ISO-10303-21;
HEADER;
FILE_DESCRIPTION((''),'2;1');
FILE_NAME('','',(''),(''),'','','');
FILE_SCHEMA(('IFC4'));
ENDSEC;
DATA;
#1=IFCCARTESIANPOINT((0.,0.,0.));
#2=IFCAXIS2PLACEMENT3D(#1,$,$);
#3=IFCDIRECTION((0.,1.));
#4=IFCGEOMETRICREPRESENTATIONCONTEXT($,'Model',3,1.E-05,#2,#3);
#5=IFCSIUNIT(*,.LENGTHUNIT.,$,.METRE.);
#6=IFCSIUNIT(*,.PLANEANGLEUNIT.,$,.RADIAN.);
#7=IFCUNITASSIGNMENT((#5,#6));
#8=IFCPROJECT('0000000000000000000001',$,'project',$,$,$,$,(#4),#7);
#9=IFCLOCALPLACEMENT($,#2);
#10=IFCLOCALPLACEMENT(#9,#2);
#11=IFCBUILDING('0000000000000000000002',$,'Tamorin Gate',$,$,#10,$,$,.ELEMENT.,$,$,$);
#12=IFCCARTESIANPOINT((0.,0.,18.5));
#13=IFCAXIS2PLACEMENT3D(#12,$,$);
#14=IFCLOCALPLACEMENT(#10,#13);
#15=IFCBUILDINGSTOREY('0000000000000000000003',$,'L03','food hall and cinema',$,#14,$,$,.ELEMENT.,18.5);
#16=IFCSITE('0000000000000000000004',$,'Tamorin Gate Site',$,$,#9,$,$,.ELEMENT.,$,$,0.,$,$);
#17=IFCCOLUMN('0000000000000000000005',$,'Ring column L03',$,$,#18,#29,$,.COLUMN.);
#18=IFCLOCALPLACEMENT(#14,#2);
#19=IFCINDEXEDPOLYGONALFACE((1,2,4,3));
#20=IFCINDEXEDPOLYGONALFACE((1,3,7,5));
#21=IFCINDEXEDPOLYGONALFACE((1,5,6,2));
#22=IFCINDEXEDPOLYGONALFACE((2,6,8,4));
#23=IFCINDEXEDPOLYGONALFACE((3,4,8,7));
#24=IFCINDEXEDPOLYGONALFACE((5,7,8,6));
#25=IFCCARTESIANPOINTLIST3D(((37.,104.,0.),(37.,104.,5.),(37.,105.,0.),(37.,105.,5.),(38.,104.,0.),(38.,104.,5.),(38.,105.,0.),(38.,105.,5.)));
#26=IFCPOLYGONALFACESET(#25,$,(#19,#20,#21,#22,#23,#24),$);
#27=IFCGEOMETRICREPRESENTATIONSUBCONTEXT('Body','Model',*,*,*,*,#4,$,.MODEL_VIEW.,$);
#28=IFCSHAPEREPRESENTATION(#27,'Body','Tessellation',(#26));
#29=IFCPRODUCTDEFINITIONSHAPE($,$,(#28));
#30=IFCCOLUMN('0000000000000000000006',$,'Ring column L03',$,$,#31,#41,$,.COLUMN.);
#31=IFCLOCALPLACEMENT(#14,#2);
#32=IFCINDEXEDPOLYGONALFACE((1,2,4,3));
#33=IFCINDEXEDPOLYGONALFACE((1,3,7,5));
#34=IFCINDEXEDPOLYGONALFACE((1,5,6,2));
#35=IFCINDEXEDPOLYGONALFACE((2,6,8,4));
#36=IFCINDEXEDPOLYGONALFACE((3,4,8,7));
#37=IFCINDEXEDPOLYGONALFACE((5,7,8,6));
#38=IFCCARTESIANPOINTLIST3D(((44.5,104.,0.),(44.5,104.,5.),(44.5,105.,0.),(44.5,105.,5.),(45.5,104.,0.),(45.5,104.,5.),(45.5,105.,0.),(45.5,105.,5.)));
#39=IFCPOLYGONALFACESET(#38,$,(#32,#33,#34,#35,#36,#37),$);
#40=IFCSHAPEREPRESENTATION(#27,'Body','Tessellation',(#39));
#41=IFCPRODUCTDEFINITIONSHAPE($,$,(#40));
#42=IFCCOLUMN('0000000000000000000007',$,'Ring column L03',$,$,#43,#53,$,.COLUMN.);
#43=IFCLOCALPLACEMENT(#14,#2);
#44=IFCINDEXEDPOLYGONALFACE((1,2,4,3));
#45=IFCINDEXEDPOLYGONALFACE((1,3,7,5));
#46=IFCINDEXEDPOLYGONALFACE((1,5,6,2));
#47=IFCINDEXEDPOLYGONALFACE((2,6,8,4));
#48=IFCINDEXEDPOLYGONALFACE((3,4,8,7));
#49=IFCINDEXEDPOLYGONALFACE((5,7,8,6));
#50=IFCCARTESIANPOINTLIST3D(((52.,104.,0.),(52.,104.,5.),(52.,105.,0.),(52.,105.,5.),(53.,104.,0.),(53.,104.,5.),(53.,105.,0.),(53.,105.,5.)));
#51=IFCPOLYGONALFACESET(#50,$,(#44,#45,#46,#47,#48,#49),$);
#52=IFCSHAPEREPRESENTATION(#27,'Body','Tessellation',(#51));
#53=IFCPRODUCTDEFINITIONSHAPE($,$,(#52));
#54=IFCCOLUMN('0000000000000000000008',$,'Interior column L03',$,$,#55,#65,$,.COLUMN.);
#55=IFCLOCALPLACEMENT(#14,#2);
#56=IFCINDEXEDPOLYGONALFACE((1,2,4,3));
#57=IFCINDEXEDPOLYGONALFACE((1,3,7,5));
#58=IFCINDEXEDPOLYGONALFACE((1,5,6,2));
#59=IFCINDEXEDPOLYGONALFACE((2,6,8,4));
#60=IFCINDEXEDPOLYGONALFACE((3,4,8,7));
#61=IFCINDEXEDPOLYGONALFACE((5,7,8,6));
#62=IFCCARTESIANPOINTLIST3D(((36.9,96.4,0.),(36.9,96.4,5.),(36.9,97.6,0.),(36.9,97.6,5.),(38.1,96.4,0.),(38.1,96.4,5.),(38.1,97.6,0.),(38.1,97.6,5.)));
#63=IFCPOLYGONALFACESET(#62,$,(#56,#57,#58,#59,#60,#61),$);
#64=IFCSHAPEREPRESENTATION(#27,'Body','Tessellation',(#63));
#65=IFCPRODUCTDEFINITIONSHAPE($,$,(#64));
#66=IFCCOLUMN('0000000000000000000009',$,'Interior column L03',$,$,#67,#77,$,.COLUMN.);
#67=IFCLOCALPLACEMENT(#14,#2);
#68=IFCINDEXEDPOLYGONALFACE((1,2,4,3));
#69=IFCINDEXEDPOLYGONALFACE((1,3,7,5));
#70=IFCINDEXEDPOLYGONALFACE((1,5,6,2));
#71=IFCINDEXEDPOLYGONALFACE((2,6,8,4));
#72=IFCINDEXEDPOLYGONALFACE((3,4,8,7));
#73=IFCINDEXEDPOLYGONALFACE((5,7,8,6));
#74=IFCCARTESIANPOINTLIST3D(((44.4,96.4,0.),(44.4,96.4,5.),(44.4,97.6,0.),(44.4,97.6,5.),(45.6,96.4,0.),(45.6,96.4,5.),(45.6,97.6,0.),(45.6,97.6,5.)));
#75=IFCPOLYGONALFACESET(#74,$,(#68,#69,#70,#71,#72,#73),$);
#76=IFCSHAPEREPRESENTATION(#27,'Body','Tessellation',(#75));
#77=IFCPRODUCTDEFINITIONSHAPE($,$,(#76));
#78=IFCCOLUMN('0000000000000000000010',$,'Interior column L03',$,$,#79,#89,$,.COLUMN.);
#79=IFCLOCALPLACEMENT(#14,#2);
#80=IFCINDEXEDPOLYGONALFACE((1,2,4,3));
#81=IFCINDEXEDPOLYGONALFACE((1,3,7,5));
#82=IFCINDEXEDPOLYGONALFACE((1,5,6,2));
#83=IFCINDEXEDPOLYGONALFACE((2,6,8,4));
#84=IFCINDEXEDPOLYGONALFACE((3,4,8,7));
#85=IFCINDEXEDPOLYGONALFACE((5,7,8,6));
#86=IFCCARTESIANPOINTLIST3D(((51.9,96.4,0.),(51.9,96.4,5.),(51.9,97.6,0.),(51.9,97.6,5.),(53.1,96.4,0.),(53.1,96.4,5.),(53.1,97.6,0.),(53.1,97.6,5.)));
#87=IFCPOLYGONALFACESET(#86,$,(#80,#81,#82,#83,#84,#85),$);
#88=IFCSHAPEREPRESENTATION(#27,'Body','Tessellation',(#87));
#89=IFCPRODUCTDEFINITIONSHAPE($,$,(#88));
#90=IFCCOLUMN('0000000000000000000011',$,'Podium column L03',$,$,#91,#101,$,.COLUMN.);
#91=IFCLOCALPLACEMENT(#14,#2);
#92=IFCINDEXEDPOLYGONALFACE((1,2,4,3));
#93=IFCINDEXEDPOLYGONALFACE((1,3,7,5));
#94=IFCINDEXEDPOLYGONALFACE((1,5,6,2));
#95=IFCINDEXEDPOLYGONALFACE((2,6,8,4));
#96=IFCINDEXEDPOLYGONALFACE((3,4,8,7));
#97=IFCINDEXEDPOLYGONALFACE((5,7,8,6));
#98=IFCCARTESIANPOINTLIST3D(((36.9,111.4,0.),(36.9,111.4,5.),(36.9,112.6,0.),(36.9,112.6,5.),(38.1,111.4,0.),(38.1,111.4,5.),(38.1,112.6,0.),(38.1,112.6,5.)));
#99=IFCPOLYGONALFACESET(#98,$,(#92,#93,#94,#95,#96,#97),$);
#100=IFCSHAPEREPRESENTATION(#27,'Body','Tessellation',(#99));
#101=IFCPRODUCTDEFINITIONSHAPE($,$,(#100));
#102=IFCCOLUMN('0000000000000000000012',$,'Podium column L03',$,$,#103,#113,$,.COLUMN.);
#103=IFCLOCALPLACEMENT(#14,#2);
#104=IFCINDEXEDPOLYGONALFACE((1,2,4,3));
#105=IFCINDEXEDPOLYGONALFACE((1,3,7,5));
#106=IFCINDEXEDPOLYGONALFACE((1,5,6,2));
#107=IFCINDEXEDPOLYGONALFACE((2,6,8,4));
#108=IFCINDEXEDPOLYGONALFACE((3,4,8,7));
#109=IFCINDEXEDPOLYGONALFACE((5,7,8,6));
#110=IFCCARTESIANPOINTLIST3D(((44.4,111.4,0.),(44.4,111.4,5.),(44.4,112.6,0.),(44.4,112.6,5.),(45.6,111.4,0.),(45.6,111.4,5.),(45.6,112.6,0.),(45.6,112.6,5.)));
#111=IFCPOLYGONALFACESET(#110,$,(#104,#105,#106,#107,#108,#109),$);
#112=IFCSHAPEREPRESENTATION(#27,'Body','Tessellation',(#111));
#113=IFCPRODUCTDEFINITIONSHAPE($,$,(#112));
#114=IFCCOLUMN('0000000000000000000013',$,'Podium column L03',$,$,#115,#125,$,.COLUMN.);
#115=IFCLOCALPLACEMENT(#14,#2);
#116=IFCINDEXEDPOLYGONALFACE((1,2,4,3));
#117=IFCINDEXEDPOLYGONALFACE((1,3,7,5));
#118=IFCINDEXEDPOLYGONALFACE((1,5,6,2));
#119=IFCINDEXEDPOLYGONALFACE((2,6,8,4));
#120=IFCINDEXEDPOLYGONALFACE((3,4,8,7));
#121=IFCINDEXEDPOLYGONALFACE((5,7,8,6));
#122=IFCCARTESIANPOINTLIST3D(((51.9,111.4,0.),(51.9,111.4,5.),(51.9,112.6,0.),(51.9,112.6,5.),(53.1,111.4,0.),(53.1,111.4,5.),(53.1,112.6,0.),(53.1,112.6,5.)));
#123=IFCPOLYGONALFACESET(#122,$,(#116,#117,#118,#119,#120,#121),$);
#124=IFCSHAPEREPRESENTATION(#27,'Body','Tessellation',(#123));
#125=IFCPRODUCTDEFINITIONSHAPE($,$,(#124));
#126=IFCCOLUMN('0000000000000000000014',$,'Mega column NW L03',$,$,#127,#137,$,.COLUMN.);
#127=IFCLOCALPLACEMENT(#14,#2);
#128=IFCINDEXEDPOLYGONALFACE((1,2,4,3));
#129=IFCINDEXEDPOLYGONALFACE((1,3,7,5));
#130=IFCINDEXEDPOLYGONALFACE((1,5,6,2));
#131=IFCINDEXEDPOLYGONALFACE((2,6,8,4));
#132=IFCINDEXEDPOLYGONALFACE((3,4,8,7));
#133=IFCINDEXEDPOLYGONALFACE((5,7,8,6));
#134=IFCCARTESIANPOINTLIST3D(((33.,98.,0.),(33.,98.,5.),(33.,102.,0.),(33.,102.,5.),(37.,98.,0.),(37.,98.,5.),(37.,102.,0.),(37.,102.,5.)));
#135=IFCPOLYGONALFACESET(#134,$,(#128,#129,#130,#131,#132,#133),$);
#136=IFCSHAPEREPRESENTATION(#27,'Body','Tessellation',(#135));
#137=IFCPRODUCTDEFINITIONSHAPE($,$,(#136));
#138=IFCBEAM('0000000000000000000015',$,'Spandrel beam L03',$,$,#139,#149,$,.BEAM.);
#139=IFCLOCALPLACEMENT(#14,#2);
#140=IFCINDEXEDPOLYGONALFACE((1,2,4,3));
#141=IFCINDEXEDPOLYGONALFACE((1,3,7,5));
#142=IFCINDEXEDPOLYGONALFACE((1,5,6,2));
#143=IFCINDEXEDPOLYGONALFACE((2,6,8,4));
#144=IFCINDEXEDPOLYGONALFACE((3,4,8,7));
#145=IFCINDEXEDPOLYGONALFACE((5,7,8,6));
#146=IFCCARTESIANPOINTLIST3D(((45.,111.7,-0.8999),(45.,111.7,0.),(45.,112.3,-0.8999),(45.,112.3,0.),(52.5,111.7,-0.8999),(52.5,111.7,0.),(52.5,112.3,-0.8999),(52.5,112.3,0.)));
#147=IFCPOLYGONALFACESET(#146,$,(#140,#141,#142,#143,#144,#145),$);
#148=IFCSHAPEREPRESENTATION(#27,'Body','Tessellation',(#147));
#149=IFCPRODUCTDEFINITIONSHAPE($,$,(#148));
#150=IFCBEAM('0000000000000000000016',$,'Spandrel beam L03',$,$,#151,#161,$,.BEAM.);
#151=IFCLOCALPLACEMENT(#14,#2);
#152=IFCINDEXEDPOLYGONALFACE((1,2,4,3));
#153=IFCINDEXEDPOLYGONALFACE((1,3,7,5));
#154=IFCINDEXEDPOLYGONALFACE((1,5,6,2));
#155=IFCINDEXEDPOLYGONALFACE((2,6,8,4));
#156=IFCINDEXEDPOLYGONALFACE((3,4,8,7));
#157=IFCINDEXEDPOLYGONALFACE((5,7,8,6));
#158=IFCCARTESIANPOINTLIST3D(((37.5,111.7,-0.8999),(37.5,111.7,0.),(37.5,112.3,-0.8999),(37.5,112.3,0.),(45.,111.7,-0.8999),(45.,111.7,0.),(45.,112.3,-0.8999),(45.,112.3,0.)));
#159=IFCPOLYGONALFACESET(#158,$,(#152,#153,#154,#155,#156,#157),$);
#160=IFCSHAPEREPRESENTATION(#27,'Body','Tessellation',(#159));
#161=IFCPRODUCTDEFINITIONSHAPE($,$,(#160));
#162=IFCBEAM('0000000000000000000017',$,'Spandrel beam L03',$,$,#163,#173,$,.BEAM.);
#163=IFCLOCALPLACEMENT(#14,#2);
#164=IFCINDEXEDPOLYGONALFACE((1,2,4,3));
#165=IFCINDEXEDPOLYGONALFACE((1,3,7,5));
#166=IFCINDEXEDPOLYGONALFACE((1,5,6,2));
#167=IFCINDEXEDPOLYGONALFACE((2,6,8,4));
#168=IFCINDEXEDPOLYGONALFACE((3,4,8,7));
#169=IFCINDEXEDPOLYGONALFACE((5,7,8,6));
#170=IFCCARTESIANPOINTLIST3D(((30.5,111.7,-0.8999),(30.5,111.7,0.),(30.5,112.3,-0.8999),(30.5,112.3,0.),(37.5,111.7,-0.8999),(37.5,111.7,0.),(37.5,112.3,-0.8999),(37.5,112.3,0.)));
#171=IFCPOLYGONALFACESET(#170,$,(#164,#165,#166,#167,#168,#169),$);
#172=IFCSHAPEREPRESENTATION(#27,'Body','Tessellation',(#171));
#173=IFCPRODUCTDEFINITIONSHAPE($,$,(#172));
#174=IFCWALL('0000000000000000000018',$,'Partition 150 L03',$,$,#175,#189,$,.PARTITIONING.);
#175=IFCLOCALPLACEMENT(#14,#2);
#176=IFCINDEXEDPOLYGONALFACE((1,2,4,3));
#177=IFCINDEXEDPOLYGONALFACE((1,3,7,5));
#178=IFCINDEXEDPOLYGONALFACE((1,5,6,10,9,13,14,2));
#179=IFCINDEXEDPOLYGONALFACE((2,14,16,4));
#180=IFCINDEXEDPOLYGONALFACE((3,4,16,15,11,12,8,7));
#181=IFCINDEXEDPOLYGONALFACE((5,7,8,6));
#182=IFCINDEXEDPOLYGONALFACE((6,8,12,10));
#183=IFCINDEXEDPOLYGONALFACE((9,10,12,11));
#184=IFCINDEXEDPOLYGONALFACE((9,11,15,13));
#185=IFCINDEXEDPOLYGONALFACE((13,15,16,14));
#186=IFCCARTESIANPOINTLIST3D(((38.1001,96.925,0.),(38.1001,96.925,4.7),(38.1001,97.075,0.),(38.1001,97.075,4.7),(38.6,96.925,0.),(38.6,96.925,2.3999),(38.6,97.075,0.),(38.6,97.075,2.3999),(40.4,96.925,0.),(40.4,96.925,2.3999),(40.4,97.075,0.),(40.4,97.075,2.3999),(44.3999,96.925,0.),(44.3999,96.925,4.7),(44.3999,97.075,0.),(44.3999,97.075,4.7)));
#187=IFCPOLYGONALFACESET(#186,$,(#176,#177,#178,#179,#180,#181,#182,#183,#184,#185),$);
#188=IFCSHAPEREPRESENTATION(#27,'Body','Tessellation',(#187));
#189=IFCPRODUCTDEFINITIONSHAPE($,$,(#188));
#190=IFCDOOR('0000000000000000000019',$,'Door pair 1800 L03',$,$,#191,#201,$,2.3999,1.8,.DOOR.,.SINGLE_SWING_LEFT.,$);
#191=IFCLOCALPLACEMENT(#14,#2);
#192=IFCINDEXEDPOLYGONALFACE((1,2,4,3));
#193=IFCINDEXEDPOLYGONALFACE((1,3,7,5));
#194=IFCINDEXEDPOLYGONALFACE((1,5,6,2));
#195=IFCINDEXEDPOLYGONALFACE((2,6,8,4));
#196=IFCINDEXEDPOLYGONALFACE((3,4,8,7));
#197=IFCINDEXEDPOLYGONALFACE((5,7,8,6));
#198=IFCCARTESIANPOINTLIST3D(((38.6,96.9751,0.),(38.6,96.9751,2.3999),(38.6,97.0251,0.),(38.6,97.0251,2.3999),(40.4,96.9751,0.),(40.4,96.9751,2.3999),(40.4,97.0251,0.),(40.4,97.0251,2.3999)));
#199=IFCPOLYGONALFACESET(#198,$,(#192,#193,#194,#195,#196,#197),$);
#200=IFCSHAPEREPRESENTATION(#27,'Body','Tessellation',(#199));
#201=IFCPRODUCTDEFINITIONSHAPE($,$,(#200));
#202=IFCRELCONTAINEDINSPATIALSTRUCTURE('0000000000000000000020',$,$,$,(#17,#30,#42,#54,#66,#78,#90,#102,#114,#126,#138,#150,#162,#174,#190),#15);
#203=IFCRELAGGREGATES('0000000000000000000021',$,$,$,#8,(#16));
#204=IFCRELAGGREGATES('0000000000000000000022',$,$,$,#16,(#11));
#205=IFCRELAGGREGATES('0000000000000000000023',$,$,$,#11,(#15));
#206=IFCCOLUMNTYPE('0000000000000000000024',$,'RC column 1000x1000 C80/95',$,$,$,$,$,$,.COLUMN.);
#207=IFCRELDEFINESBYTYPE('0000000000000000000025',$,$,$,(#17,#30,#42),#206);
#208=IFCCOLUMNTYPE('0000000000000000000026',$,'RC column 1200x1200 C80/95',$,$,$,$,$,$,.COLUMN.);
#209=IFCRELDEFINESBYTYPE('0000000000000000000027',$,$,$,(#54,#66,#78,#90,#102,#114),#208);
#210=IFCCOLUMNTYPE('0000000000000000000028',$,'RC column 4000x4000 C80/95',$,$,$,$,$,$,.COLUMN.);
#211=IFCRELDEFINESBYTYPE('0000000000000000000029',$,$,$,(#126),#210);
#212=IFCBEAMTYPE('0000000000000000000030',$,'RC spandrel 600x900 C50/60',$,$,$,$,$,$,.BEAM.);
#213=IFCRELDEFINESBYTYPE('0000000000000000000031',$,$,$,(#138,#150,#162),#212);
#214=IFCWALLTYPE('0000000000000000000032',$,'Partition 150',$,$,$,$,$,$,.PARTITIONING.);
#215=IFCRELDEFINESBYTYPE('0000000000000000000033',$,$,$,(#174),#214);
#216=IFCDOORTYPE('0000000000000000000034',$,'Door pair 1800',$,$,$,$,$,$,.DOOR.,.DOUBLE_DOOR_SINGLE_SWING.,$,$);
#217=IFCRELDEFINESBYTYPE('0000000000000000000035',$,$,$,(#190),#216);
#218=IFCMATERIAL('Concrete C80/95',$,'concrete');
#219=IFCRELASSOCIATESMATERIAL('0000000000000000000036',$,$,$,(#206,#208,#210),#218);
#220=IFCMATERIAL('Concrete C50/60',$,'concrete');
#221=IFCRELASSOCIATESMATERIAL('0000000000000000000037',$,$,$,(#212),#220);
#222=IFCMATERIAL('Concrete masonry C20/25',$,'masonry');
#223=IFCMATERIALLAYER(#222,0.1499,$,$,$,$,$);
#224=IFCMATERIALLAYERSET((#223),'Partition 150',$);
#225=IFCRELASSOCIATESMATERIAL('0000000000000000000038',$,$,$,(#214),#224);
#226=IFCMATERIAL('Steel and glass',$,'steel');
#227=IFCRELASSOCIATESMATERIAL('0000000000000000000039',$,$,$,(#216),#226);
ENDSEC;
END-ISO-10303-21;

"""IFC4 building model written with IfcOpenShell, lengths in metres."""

from ifc_helpers import new_model, si_unit, direction, frame, frame_2d, origin, origin_2d, place, context, subcontext, project, spatial, rectangle, extrude, material, layer, layer_set, material_profile, profile_set, type_object, element, fill, save


model = new_model("IFC4")

# Units and contexts
model_context = context("Model", 3, precision=1e-05, world=origin(), true_north=direction((0.0, 1.0)))
body_context = subcontext(model_context, "Body", "Model", "MODEL_VIEW")
ifc_project = project(units=[si_unit("LENGTHUNIT", "METRE"), si_unit("PLANEANGLEUNIT", "RADIAN")], contexts=[model_context])

# Site, building, storey
site_placement = place(None, origin())
site = spatial("IfcSite", under=ifc_project, at=site_placement, Name="Tamorin Gate Site", CompositionType="ELEMENT", RefElevation=0.0)
building_placement = place(site_placement, origin())
building = spatial("IfcBuilding", under=site, at=building_placement, Name="Tamorin Gate", CompositionType="ELEMENT")
storey_placement = place(building_placement, frame((0.0, 0.0, 18.5)))
storey = spatial("IfcBuildingStorey", under=building, at=storey_placement, Name="L03", Description="food hall and cinema", CompositionType="ELEMENT", Elevation=18.5)

# Columns
ifc_material_1 = material(Name="Concrete C80/95", Category="concrete")
ifc_material_profile_1 = material_profile(ifc_material_1, rectangle(XDim=1.0, YDim=1.0, at=origin_2d()), Name="RC 1000x1000")
ifc_profile_set_1 = profile_set([ifc_material_profile_1], Name="Concrete C80/95")
column_type_1 = type_object("IfcColumnType", Name="RC column 1000x1000 C80/95", PredefinedType="COLUMN", material=ifc_profile_set_1)
for number, where, z_axis, x_axis, name in (
    (1, (37.5, 104.5, 0.0), (0.0, 0.0, 1.0), (1.0, 0.0, 0.0), "Ring column L03"),
    (2, (45.0, 104.5, 0.0), (0.0, 0.0, 1.0), (1.0, 0.0, 0.0), "Ring column L03"),
    (3, (52.5, 104.5, 0.0), (0.0, 0.0, 1.0), (1.0, 0.0, 0.0), "Ring column L03"),
):
    element("IfcColumn", number, at=place(storey_placement, frame(where, z_axis=z_axis, x_axis=x_axis)), inside=storey, type_object=column_type_1, Name=name, PredefinedType="COLUMN", context=body_context, shape_type="SweptSolid", body=[
        extrude(rectangle(XDim=1.0, YDim=1.0, at=origin_2d()), origin(), (0.0, 0.0, 1.0), 5.0),
    ])
ifc_material_profile_2 = material_profile(ifc_material_1, rectangle(XDim=1.2, YDim=1.2, at=origin_2d()), Name="RC 1200x1200")
ifc_profile_set_2 = profile_set([ifc_material_profile_2], Name="Concrete C80/95")
column_type_2 = type_object("IfcColumnType", Name="RC column 1200x1200 C80/95", PredefinedType="COLUMN", material=ifc_profile_set_2)
for number, where, z_axis, x_axis, name in (
    (4, (37.5, 97.0, 0.0), (0.0, 0.0, 1.0), (1.0, 0.0, 0.0), "Interior column L03"),
    (5, (45.0, 97.0, 0.0), (0.0, 0.0, 1.0), (1.0, 0.0, 0.0), "Interior column L03"),
    (6, (52.5, 97.0, 0.0), (0.0, 0.0, 1.0), (1.0, 0.0, 0.0), "Interior column L03"),
    (7, (37.5, 112.0, 0.0), (0.0, 0.0, 1.0), (1.0, 0.0, 0.0), "Podium column L03"),
    (8, (45.0, 112.0, 0.0), (0.0, 0.0, 1.0), (1.0, 0.0, 0.0), "Podium column L03"),
    (9, (52.5, 112.0, 0.0), (0.0, 0.0, 1.0), (1.0, 0.0, 0.0), "Podium column L03"),
):
    element("IfcColumn", number, at=place(storey_placement, frame(where, z_axis=z_axis, x_axis=x_axis)), inside=storey, type_object=column_type_2, Name=name, PredefinedType="COLUMN", context=body_context, shape_type="SweptSolid", body=[
        extrude(rectangle(XDim=1.2, YDim=1.2, at=origin_2d()), origin(), (0.0, 0.0, 1.0), 5.0),
    ])
ifc_material_profile_3 = material_profile(ifc_material_1, rectangle(XDim=4.0, YDim=4.0, at=origin_2d()), Name="RC 4000x4000")
ifc_profile_set_3 = profile_set([ifc_material_profile_3], Name="Concrete C80/95")
column_type_3 = type_object("IfcColumnType", Name="RC column 4000x4000 C80/95", PredefinedType="COLUMN", material=ifc_profile_set_3)
column_placement = place(storey_placement, frame((35.0, 100.0, 0.0), z_axis=(0.0, 0.0, 1.0), x_axis=(1.0, 0.0, 0.0)))
element("IfcColumn", 10, at=column_placement, inside=storey, type_object=column_type_3, Name="Mega column NW L03", PredefinedType="COLUMN", context=body_context, shape_type="SweptSolid", body=[
    extrude(rectangle(XDim=4.0, YDim=4.0, at=origin_2d()), origin(), (0.0, 0.0, 1.0), 5.0),
])

# Beams
ifc_material_2 = material(Name="Concrete C50/60", Category="concrete")
ifc_material_profile_4 = material_profile(ifc_material_2, rectangle(XDim=0.6001, YDim=0.8999, at=origin_2d()), Name="RC 600x900")
ifc_profile_set_4 = profile_set([ifc_material_profile_4], Name="Concrete C50/60")
beam_type = type_object("IfcBeamType", Name="RC spandrel 600x900 C50/60", PredefinedType="BEAM", material=ifc_profile_set_4)
for number, where, z_axis, x_axis, name in (
    (11, (52.5, 112.0, -0.45), (-1.0, 0.0, 0.0), (0.0, -1.0, 0.0), "Spandrel beam L03"),
    (12, (45.0, 112.0, -0.45), (-1.0, 0.0, 0.0), (0.0, -1.0, 0.0), "Spandrel beam L03"),
):
    element("IfcBeam", number, at=place(storey_placement, frame(where, z_axis=z_axis, x_axis=x_axis)), inside=storey, type_object=beam_type, Name=name, PredefinedType="BEAM", context=body_context, shape_type="SweptSolid", body=[
        extrude(rectangle(XDim=0.6001, YDim=0.8999, at=origin_2d()), origin(), (0.0, 0.0, 1.0), 7.5),
    ])
beam_placement = place(storey_placement, frame((37.5, 112.0, -0.45), z_axis=(-1.0, 0.0, 0.0), x_axis=(0.0, -1.0, 0.0)))
element("IfcBeam", 13, at=beam_placement, inside=storey, type_object=beam_type, Name="Spandrel beam L03", PredefinedType="BEAM", context=body_context, shape_type="SweptSolid", body=[
    extrude(rectangle(XDim=0.6001, YDim=0.8999, at=origin_2d()), origin(), (0.0, 0.0, 1.0), 7.0),
])

# Wall, opening, door
ifc_material_3 = material(Name="Concrete masonry C20/25", Category="masonry")
ifc_layer_1 = layer(ifc_material_3, 0.1499)
ifc_layer_set_1 = layer_set([ifc_layer_1], Name="Partition 150")
wall_type_1 = type_object("IfcWallType", Name="Partition 150", PredefinedType="PARTITIONING", material=ifc_layer_set_1)
wall_1_placement = place(storey_placement, frame((44.3999, 97.0, 0.0), z_axis=(0.0, 0.0, 1.0), x_axis=(-1.0, 0.0, 0.0)))
wall_1 = element("IfcWall", 14, at=wall_1_placement, inside=storey, type_object=wall_type_1, Name="Partition 150 L03", PredefinedType="PARTITIONING", context=body_context, shape_type="SweptSolid", body=[
    extrude(rectangle(XDim=6.2998, YDim=0.1499, at=frame_2d((3.1499, 0.0))), origin(), (0.0, 0.0, 1.0), 4.7),
])
opening_1_placement = place(wall_1_placement, frame((4.0, 0.0, 0.0)))
opening_1 = element("IfcOpeningElement", 15, at=opening_1_placement, cuts=wall_1, PredefinedType="OPENING", context=body_context, shape_type="SweptSolid", body=[
    extrude(rectangle(XDim=1.8, YDim=2.3999, at=frame_2d((0.8999, 1.2))), frame((0.0, 0.085, 0.0), z_axis=(0.0, -1.0, 0.0), x_axis=(1.0, 0.0, 0.0)), (0.0, 0.0, 1.0), 0.1699),
])
ifc_material_4 = material(Name="Steel and glass", Category="steel")
door_type = type_object("IfcDoorType", Name="Door pair 1800", OperationType="DOUBLE_DOOR_SINGLE_SWING", PredefinedType="DOOR", material=ifc_material_4)
door_1_placement = place(opening_1_placement, origin())
door_1 = element("IfcDoor", 16, at=door_1_placement, inside=storey, type_object=door_type, Name="Door pair 1800 L03", OperationType="SINGLE_SWING_LEFT", OverallHeight=2.3999, OverallWidth=1.8, PredefinedType="DOOR", context=body_context, shape_type="SweptSolid", body=[
    extrude(rectangle(XDim=1.8, YDim=2.3999, at=frame_2d((0.8999, 1.2))), frame((0.0, 0.0249, 0.0), z_axis=(0.0, -1.0, 0.0), x_axis=(1.0, 0.0, 0.0)), (0.0, 0.0, 1.0), 0.05),
])
fill(opening_1, door_1)

save(model, "model.ifc")
